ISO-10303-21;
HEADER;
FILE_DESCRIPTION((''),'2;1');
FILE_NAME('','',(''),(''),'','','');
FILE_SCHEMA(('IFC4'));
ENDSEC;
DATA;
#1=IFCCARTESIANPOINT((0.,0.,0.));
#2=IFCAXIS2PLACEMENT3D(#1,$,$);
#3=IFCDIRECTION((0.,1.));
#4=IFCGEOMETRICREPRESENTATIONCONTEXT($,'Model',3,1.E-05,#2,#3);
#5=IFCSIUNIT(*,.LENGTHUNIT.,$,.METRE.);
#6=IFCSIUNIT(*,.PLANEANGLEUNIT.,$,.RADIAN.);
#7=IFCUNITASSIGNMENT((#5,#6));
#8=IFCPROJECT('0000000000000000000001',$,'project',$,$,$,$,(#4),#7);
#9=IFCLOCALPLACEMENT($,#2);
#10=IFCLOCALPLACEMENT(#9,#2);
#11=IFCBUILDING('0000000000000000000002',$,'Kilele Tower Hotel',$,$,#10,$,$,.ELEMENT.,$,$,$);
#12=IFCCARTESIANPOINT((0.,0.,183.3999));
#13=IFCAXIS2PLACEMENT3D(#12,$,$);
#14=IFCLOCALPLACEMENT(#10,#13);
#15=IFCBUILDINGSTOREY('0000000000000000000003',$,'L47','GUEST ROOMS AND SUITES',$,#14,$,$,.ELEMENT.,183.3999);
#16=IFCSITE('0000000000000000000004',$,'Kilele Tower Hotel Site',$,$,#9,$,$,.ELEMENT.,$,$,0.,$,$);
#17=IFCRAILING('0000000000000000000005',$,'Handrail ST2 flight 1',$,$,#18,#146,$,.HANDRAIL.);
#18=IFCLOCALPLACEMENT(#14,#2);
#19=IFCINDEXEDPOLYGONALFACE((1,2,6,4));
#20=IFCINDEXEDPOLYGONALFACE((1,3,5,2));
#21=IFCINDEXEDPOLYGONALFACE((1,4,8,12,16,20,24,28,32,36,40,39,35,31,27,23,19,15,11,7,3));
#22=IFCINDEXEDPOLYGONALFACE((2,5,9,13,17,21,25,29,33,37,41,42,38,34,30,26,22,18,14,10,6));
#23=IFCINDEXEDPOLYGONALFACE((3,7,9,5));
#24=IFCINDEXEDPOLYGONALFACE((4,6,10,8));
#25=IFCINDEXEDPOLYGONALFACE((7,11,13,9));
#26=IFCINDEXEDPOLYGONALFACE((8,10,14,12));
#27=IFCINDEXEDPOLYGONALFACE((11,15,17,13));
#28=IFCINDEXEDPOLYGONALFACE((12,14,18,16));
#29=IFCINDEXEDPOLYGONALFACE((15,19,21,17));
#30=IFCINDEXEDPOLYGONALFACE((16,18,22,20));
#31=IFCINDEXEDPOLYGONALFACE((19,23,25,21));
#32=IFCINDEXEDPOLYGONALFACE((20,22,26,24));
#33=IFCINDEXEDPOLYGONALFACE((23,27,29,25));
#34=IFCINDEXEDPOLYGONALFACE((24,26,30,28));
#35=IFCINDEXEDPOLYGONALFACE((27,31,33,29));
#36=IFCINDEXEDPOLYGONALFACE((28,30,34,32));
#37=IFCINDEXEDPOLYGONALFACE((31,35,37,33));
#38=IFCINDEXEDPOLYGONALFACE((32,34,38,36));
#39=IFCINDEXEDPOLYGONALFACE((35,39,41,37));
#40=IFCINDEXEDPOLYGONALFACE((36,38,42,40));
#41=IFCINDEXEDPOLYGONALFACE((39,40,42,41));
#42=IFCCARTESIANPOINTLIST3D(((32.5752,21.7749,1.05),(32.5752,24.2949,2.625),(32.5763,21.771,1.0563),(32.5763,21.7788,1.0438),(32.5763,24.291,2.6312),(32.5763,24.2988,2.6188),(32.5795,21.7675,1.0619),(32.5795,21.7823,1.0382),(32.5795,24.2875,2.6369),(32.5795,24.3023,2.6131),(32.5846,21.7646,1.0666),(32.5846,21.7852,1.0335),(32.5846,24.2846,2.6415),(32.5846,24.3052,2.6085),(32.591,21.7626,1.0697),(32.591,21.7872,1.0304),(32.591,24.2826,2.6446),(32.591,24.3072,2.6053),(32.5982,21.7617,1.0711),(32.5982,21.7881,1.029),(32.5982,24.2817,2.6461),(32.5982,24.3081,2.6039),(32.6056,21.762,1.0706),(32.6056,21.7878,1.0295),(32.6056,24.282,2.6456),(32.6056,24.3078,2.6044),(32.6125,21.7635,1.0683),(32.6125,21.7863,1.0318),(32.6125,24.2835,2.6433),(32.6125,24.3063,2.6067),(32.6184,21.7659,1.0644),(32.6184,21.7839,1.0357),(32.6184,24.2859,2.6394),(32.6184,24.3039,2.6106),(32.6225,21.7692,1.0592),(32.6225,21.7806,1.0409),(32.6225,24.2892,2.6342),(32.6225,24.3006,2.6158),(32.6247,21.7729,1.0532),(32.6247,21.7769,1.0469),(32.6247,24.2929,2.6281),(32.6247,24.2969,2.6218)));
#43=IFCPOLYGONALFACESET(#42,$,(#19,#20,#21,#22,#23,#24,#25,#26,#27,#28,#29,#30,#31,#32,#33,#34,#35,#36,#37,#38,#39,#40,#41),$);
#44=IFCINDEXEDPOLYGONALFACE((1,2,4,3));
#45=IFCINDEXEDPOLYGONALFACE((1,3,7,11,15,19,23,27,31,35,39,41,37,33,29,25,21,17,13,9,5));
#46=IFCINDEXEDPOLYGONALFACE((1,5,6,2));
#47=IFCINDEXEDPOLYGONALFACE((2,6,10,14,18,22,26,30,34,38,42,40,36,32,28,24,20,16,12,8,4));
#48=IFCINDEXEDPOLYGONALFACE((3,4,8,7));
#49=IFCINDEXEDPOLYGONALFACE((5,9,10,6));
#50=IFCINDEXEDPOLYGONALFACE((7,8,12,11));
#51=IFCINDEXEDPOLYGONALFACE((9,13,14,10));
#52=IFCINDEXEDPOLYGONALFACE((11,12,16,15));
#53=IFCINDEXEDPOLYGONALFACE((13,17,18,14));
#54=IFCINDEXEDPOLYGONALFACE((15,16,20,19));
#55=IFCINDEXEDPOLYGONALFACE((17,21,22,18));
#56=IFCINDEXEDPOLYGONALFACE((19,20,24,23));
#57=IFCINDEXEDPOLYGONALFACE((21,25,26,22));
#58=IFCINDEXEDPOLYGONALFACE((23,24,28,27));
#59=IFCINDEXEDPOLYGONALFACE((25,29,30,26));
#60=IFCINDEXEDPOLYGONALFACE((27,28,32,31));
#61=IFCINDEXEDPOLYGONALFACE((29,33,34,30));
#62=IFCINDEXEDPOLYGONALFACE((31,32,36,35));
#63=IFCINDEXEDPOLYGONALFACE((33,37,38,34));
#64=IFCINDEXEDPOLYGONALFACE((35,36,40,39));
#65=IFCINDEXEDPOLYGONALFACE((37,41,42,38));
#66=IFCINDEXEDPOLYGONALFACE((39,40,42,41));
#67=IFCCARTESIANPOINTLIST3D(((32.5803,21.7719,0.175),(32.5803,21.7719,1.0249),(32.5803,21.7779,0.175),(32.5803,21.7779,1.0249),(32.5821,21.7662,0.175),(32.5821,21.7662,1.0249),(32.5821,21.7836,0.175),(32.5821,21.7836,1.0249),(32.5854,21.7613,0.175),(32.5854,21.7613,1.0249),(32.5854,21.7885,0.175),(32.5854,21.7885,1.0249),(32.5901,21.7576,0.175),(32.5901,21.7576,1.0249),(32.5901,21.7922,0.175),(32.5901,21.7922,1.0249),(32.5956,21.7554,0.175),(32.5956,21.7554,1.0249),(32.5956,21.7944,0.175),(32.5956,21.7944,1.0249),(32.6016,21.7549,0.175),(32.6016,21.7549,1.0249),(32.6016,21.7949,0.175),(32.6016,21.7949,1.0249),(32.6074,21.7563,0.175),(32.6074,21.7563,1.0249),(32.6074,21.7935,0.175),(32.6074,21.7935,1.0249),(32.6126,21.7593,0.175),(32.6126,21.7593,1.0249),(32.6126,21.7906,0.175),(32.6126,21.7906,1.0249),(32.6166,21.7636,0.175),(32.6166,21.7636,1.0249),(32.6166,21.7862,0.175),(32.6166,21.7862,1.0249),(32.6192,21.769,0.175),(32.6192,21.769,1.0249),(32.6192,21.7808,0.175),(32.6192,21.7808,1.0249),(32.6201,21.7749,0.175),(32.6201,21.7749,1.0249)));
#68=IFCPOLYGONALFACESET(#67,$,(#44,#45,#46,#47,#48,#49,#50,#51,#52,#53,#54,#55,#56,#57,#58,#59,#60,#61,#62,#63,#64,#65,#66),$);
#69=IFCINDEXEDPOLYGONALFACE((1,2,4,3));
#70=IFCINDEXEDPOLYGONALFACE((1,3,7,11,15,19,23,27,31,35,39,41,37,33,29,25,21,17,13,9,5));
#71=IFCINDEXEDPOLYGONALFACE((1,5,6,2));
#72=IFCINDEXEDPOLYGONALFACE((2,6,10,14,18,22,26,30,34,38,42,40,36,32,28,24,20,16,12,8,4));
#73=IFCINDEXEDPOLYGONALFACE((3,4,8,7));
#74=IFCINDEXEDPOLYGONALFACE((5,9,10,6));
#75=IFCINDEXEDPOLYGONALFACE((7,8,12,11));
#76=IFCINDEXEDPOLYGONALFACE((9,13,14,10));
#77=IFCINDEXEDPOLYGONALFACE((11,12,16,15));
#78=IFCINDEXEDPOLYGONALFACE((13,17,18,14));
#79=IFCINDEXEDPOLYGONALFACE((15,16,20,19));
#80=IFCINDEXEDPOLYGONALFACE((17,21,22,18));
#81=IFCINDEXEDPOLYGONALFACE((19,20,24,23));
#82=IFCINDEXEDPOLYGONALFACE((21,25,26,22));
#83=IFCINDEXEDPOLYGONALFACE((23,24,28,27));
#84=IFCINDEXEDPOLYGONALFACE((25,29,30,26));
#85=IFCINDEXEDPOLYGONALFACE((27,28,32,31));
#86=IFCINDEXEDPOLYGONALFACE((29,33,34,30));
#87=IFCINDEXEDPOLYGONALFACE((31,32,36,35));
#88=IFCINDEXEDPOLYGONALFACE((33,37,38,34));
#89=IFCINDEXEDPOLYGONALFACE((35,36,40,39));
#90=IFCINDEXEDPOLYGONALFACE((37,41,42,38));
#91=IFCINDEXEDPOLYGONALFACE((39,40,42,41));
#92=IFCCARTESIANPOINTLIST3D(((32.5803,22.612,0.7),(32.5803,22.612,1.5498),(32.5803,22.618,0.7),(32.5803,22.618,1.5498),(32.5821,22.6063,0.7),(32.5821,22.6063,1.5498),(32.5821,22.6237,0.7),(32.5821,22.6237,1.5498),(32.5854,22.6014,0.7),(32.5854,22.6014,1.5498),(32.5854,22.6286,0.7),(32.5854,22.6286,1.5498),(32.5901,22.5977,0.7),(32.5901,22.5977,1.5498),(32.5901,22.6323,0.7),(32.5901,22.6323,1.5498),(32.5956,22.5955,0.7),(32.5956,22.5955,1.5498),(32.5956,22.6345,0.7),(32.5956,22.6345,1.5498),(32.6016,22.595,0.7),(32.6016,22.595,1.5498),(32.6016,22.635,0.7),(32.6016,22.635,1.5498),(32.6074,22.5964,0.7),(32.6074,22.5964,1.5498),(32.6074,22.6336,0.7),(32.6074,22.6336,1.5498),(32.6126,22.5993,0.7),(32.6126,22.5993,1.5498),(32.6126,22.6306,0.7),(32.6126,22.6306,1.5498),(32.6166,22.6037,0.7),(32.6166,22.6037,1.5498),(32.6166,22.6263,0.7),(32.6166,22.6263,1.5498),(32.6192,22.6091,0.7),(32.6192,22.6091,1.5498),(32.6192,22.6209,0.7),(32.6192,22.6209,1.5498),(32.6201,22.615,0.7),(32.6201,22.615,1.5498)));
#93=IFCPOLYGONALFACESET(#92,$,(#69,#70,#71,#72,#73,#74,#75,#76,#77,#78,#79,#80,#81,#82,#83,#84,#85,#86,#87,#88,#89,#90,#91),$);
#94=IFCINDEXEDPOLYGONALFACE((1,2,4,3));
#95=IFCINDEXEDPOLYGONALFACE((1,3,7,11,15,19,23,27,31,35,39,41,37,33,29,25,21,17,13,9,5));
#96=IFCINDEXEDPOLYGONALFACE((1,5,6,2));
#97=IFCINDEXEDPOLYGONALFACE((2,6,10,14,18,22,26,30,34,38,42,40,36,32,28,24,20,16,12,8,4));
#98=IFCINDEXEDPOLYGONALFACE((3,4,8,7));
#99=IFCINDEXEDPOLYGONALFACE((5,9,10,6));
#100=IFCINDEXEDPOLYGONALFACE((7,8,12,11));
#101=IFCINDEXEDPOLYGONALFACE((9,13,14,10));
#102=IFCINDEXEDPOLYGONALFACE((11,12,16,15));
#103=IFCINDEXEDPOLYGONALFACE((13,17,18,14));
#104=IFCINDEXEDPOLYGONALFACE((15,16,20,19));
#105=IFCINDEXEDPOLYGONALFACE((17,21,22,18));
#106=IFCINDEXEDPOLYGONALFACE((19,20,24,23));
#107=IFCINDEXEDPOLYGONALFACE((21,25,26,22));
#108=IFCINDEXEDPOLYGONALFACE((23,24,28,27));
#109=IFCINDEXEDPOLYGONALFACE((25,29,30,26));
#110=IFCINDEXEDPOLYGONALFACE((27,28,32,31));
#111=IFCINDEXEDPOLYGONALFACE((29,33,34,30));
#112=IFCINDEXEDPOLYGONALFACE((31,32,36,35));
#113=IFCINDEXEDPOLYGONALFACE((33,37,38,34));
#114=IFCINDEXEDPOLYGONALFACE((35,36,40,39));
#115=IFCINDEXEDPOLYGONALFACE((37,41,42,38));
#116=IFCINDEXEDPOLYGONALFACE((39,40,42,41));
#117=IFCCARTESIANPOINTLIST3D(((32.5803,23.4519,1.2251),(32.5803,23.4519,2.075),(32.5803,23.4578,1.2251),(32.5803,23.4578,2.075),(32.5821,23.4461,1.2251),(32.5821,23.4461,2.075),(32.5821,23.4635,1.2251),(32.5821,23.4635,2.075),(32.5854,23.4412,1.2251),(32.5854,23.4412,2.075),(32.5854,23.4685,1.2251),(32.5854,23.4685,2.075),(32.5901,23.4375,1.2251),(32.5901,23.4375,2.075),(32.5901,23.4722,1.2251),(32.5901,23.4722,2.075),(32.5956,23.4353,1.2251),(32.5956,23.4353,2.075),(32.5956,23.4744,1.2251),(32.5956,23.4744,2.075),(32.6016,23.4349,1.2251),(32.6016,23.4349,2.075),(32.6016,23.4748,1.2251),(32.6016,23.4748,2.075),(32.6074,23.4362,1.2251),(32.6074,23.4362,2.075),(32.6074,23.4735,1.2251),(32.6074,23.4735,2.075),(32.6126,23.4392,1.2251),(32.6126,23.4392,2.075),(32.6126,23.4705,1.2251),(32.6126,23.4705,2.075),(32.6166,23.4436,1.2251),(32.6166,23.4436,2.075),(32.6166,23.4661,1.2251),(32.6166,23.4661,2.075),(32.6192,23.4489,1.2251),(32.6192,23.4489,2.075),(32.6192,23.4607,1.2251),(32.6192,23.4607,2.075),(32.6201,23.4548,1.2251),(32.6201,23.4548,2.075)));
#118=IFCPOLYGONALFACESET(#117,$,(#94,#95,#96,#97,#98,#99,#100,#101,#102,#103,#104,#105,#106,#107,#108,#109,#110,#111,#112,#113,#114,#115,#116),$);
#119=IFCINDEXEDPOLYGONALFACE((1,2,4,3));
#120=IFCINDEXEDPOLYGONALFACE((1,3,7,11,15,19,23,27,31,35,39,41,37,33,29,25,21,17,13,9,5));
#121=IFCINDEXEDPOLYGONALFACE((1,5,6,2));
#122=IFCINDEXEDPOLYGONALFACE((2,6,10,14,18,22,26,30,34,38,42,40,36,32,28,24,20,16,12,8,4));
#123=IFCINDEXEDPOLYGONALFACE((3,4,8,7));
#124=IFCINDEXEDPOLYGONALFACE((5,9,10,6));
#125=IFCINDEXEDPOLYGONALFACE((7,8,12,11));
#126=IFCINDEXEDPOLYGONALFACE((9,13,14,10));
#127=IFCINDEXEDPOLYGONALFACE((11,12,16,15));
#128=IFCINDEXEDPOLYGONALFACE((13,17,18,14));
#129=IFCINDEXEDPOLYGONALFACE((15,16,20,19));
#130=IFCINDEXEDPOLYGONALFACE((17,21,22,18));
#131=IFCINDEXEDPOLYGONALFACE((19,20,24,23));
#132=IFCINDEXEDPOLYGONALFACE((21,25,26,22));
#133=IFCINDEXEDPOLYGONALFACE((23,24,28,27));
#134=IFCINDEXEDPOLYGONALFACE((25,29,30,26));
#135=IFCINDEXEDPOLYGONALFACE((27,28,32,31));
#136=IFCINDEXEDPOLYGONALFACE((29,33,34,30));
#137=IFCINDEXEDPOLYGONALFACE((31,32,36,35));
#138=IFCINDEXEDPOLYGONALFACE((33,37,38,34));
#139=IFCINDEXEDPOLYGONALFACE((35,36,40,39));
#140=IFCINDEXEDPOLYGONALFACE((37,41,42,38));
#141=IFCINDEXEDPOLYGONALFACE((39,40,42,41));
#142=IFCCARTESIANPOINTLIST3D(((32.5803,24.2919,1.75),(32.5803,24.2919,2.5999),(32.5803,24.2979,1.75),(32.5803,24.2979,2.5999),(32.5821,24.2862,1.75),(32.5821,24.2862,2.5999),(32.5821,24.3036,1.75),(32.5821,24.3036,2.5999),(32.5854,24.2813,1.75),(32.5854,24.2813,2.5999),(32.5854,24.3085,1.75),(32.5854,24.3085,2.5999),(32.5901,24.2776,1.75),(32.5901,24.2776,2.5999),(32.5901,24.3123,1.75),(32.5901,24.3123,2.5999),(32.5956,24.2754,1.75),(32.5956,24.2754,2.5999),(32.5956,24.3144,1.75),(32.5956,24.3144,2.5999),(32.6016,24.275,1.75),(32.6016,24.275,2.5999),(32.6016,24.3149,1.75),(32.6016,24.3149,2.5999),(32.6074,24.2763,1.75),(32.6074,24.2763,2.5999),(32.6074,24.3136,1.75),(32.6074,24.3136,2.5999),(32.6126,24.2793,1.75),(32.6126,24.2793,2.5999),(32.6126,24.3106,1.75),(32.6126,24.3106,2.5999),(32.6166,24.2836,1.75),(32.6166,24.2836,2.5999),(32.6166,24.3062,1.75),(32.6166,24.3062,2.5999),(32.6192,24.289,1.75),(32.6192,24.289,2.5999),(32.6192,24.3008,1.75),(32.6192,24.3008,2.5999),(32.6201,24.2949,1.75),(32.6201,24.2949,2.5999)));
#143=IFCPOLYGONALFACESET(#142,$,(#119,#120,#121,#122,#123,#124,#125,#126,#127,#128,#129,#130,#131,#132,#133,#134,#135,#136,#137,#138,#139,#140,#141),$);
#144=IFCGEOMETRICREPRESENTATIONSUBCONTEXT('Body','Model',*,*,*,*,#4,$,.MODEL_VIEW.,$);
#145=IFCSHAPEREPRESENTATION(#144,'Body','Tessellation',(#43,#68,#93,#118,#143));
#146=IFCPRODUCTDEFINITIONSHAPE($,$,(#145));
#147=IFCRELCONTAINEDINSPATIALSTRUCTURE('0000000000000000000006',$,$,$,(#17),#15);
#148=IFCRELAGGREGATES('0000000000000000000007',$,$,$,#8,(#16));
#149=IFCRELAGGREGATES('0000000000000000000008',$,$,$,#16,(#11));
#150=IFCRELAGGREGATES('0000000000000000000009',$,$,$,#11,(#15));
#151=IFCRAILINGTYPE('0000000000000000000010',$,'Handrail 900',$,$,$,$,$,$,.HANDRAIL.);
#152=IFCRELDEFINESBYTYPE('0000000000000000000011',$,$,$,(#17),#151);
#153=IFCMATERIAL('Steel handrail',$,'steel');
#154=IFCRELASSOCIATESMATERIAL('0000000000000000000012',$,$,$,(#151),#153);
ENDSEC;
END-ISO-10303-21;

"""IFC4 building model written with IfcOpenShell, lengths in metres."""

from ifc_helpers import new_model, si_unit, direction, frame, origin, origin_2d, place, context, subcontext, project, spatial, circle, extrude, material, type_object, element, save


model = new_model("IFC4")

# Units and contexts
model_context = context("Model", 3, precision=1e-05, world=origin(), true_north=direction((0.0, 1.0)))
body_context = subcontext(model_context, "Body", "Model", "MODEL_VIEW")
ifc_project = project(units=[si_unit("LENGTHUNIT", "METRE"), si_unit("PLANEANGLEUNIT", "RADIAN")], contexts=[model_context])

# Site, building, storey
site_placement = place(None, origin())
site = spatial("IfcSite", under=ifc_project, at=site_placement, Name="Kilele Tower Hotel Site", CompositionType="ELEMENT", RefElevation=0.0)
building_placement = place(site_placement, origin())
building = spatial("IfcBuilding", under=site, at=building_placement, Name="Kilele Tower Hotel", CompositionType="ELEMENT")
storey_placement = place(building_placement, frame((0.0, 0.0, 183.3999)))
storey = spatial("IfcBuildingStorey", under=building, at=storey_placement, Name="L47", Description="GUEST ROOMS AND SUITES", CompositionType="ELEMENT", Elevation=183.3999)

# Railing
ifc_material_1 = material(Name="Steel handrail", Category="steel")
railing_type_1 = type_object("IfcRailingType", Name="Handrail 900", PredefinedType="HANDRAIL", material=ifc_material_1)
for number, where, name in (
    (1, (32.6001, 21.7749, 0.175), "Handrail ST2 flight 1"),
):
    element("IfcRailing", number, at=place(storey_placement, frame(where)), inside=storey, type_object=railing_type_1, Name=name, PredefinedType="HANDRAIL", context=body_context, shape_type="SweptSolid", body=[
        extrude(circle(Radius=0.0249, at=origin_2d()), frame((0.0, 0.0, 0.875), z_axis=(0.0, 0.848008, 0.529984), x_axis=(-1.0, 0.0, 0.0)), (0.0, 0.0, 1.0), 2.9717),
        extrude(circle(Radius=0.02, at=origin_2d()), origin(), (0.0, 0.0, 1.0), 0.8499),
        extrude(circle(Radius=0.02, at=origin_2d()), frame((0.0, 0.8401, 0.5249)), (0.0, 0.0, 1.0), 0.8499),
        extrude(circle(Radius=0.02, at=origin_2d()), frame((0.0, 1.6799, 1.05)), (0.0, 0.0, 1.0), 0.8499),
        extrude(circle(Radius=0.02, at=origin_2d()), frame((0.0, 2.52, 1.575)), (0.0, 0.0, 1.0), 0.8499),
    ])

save(model, "model.ifc")
